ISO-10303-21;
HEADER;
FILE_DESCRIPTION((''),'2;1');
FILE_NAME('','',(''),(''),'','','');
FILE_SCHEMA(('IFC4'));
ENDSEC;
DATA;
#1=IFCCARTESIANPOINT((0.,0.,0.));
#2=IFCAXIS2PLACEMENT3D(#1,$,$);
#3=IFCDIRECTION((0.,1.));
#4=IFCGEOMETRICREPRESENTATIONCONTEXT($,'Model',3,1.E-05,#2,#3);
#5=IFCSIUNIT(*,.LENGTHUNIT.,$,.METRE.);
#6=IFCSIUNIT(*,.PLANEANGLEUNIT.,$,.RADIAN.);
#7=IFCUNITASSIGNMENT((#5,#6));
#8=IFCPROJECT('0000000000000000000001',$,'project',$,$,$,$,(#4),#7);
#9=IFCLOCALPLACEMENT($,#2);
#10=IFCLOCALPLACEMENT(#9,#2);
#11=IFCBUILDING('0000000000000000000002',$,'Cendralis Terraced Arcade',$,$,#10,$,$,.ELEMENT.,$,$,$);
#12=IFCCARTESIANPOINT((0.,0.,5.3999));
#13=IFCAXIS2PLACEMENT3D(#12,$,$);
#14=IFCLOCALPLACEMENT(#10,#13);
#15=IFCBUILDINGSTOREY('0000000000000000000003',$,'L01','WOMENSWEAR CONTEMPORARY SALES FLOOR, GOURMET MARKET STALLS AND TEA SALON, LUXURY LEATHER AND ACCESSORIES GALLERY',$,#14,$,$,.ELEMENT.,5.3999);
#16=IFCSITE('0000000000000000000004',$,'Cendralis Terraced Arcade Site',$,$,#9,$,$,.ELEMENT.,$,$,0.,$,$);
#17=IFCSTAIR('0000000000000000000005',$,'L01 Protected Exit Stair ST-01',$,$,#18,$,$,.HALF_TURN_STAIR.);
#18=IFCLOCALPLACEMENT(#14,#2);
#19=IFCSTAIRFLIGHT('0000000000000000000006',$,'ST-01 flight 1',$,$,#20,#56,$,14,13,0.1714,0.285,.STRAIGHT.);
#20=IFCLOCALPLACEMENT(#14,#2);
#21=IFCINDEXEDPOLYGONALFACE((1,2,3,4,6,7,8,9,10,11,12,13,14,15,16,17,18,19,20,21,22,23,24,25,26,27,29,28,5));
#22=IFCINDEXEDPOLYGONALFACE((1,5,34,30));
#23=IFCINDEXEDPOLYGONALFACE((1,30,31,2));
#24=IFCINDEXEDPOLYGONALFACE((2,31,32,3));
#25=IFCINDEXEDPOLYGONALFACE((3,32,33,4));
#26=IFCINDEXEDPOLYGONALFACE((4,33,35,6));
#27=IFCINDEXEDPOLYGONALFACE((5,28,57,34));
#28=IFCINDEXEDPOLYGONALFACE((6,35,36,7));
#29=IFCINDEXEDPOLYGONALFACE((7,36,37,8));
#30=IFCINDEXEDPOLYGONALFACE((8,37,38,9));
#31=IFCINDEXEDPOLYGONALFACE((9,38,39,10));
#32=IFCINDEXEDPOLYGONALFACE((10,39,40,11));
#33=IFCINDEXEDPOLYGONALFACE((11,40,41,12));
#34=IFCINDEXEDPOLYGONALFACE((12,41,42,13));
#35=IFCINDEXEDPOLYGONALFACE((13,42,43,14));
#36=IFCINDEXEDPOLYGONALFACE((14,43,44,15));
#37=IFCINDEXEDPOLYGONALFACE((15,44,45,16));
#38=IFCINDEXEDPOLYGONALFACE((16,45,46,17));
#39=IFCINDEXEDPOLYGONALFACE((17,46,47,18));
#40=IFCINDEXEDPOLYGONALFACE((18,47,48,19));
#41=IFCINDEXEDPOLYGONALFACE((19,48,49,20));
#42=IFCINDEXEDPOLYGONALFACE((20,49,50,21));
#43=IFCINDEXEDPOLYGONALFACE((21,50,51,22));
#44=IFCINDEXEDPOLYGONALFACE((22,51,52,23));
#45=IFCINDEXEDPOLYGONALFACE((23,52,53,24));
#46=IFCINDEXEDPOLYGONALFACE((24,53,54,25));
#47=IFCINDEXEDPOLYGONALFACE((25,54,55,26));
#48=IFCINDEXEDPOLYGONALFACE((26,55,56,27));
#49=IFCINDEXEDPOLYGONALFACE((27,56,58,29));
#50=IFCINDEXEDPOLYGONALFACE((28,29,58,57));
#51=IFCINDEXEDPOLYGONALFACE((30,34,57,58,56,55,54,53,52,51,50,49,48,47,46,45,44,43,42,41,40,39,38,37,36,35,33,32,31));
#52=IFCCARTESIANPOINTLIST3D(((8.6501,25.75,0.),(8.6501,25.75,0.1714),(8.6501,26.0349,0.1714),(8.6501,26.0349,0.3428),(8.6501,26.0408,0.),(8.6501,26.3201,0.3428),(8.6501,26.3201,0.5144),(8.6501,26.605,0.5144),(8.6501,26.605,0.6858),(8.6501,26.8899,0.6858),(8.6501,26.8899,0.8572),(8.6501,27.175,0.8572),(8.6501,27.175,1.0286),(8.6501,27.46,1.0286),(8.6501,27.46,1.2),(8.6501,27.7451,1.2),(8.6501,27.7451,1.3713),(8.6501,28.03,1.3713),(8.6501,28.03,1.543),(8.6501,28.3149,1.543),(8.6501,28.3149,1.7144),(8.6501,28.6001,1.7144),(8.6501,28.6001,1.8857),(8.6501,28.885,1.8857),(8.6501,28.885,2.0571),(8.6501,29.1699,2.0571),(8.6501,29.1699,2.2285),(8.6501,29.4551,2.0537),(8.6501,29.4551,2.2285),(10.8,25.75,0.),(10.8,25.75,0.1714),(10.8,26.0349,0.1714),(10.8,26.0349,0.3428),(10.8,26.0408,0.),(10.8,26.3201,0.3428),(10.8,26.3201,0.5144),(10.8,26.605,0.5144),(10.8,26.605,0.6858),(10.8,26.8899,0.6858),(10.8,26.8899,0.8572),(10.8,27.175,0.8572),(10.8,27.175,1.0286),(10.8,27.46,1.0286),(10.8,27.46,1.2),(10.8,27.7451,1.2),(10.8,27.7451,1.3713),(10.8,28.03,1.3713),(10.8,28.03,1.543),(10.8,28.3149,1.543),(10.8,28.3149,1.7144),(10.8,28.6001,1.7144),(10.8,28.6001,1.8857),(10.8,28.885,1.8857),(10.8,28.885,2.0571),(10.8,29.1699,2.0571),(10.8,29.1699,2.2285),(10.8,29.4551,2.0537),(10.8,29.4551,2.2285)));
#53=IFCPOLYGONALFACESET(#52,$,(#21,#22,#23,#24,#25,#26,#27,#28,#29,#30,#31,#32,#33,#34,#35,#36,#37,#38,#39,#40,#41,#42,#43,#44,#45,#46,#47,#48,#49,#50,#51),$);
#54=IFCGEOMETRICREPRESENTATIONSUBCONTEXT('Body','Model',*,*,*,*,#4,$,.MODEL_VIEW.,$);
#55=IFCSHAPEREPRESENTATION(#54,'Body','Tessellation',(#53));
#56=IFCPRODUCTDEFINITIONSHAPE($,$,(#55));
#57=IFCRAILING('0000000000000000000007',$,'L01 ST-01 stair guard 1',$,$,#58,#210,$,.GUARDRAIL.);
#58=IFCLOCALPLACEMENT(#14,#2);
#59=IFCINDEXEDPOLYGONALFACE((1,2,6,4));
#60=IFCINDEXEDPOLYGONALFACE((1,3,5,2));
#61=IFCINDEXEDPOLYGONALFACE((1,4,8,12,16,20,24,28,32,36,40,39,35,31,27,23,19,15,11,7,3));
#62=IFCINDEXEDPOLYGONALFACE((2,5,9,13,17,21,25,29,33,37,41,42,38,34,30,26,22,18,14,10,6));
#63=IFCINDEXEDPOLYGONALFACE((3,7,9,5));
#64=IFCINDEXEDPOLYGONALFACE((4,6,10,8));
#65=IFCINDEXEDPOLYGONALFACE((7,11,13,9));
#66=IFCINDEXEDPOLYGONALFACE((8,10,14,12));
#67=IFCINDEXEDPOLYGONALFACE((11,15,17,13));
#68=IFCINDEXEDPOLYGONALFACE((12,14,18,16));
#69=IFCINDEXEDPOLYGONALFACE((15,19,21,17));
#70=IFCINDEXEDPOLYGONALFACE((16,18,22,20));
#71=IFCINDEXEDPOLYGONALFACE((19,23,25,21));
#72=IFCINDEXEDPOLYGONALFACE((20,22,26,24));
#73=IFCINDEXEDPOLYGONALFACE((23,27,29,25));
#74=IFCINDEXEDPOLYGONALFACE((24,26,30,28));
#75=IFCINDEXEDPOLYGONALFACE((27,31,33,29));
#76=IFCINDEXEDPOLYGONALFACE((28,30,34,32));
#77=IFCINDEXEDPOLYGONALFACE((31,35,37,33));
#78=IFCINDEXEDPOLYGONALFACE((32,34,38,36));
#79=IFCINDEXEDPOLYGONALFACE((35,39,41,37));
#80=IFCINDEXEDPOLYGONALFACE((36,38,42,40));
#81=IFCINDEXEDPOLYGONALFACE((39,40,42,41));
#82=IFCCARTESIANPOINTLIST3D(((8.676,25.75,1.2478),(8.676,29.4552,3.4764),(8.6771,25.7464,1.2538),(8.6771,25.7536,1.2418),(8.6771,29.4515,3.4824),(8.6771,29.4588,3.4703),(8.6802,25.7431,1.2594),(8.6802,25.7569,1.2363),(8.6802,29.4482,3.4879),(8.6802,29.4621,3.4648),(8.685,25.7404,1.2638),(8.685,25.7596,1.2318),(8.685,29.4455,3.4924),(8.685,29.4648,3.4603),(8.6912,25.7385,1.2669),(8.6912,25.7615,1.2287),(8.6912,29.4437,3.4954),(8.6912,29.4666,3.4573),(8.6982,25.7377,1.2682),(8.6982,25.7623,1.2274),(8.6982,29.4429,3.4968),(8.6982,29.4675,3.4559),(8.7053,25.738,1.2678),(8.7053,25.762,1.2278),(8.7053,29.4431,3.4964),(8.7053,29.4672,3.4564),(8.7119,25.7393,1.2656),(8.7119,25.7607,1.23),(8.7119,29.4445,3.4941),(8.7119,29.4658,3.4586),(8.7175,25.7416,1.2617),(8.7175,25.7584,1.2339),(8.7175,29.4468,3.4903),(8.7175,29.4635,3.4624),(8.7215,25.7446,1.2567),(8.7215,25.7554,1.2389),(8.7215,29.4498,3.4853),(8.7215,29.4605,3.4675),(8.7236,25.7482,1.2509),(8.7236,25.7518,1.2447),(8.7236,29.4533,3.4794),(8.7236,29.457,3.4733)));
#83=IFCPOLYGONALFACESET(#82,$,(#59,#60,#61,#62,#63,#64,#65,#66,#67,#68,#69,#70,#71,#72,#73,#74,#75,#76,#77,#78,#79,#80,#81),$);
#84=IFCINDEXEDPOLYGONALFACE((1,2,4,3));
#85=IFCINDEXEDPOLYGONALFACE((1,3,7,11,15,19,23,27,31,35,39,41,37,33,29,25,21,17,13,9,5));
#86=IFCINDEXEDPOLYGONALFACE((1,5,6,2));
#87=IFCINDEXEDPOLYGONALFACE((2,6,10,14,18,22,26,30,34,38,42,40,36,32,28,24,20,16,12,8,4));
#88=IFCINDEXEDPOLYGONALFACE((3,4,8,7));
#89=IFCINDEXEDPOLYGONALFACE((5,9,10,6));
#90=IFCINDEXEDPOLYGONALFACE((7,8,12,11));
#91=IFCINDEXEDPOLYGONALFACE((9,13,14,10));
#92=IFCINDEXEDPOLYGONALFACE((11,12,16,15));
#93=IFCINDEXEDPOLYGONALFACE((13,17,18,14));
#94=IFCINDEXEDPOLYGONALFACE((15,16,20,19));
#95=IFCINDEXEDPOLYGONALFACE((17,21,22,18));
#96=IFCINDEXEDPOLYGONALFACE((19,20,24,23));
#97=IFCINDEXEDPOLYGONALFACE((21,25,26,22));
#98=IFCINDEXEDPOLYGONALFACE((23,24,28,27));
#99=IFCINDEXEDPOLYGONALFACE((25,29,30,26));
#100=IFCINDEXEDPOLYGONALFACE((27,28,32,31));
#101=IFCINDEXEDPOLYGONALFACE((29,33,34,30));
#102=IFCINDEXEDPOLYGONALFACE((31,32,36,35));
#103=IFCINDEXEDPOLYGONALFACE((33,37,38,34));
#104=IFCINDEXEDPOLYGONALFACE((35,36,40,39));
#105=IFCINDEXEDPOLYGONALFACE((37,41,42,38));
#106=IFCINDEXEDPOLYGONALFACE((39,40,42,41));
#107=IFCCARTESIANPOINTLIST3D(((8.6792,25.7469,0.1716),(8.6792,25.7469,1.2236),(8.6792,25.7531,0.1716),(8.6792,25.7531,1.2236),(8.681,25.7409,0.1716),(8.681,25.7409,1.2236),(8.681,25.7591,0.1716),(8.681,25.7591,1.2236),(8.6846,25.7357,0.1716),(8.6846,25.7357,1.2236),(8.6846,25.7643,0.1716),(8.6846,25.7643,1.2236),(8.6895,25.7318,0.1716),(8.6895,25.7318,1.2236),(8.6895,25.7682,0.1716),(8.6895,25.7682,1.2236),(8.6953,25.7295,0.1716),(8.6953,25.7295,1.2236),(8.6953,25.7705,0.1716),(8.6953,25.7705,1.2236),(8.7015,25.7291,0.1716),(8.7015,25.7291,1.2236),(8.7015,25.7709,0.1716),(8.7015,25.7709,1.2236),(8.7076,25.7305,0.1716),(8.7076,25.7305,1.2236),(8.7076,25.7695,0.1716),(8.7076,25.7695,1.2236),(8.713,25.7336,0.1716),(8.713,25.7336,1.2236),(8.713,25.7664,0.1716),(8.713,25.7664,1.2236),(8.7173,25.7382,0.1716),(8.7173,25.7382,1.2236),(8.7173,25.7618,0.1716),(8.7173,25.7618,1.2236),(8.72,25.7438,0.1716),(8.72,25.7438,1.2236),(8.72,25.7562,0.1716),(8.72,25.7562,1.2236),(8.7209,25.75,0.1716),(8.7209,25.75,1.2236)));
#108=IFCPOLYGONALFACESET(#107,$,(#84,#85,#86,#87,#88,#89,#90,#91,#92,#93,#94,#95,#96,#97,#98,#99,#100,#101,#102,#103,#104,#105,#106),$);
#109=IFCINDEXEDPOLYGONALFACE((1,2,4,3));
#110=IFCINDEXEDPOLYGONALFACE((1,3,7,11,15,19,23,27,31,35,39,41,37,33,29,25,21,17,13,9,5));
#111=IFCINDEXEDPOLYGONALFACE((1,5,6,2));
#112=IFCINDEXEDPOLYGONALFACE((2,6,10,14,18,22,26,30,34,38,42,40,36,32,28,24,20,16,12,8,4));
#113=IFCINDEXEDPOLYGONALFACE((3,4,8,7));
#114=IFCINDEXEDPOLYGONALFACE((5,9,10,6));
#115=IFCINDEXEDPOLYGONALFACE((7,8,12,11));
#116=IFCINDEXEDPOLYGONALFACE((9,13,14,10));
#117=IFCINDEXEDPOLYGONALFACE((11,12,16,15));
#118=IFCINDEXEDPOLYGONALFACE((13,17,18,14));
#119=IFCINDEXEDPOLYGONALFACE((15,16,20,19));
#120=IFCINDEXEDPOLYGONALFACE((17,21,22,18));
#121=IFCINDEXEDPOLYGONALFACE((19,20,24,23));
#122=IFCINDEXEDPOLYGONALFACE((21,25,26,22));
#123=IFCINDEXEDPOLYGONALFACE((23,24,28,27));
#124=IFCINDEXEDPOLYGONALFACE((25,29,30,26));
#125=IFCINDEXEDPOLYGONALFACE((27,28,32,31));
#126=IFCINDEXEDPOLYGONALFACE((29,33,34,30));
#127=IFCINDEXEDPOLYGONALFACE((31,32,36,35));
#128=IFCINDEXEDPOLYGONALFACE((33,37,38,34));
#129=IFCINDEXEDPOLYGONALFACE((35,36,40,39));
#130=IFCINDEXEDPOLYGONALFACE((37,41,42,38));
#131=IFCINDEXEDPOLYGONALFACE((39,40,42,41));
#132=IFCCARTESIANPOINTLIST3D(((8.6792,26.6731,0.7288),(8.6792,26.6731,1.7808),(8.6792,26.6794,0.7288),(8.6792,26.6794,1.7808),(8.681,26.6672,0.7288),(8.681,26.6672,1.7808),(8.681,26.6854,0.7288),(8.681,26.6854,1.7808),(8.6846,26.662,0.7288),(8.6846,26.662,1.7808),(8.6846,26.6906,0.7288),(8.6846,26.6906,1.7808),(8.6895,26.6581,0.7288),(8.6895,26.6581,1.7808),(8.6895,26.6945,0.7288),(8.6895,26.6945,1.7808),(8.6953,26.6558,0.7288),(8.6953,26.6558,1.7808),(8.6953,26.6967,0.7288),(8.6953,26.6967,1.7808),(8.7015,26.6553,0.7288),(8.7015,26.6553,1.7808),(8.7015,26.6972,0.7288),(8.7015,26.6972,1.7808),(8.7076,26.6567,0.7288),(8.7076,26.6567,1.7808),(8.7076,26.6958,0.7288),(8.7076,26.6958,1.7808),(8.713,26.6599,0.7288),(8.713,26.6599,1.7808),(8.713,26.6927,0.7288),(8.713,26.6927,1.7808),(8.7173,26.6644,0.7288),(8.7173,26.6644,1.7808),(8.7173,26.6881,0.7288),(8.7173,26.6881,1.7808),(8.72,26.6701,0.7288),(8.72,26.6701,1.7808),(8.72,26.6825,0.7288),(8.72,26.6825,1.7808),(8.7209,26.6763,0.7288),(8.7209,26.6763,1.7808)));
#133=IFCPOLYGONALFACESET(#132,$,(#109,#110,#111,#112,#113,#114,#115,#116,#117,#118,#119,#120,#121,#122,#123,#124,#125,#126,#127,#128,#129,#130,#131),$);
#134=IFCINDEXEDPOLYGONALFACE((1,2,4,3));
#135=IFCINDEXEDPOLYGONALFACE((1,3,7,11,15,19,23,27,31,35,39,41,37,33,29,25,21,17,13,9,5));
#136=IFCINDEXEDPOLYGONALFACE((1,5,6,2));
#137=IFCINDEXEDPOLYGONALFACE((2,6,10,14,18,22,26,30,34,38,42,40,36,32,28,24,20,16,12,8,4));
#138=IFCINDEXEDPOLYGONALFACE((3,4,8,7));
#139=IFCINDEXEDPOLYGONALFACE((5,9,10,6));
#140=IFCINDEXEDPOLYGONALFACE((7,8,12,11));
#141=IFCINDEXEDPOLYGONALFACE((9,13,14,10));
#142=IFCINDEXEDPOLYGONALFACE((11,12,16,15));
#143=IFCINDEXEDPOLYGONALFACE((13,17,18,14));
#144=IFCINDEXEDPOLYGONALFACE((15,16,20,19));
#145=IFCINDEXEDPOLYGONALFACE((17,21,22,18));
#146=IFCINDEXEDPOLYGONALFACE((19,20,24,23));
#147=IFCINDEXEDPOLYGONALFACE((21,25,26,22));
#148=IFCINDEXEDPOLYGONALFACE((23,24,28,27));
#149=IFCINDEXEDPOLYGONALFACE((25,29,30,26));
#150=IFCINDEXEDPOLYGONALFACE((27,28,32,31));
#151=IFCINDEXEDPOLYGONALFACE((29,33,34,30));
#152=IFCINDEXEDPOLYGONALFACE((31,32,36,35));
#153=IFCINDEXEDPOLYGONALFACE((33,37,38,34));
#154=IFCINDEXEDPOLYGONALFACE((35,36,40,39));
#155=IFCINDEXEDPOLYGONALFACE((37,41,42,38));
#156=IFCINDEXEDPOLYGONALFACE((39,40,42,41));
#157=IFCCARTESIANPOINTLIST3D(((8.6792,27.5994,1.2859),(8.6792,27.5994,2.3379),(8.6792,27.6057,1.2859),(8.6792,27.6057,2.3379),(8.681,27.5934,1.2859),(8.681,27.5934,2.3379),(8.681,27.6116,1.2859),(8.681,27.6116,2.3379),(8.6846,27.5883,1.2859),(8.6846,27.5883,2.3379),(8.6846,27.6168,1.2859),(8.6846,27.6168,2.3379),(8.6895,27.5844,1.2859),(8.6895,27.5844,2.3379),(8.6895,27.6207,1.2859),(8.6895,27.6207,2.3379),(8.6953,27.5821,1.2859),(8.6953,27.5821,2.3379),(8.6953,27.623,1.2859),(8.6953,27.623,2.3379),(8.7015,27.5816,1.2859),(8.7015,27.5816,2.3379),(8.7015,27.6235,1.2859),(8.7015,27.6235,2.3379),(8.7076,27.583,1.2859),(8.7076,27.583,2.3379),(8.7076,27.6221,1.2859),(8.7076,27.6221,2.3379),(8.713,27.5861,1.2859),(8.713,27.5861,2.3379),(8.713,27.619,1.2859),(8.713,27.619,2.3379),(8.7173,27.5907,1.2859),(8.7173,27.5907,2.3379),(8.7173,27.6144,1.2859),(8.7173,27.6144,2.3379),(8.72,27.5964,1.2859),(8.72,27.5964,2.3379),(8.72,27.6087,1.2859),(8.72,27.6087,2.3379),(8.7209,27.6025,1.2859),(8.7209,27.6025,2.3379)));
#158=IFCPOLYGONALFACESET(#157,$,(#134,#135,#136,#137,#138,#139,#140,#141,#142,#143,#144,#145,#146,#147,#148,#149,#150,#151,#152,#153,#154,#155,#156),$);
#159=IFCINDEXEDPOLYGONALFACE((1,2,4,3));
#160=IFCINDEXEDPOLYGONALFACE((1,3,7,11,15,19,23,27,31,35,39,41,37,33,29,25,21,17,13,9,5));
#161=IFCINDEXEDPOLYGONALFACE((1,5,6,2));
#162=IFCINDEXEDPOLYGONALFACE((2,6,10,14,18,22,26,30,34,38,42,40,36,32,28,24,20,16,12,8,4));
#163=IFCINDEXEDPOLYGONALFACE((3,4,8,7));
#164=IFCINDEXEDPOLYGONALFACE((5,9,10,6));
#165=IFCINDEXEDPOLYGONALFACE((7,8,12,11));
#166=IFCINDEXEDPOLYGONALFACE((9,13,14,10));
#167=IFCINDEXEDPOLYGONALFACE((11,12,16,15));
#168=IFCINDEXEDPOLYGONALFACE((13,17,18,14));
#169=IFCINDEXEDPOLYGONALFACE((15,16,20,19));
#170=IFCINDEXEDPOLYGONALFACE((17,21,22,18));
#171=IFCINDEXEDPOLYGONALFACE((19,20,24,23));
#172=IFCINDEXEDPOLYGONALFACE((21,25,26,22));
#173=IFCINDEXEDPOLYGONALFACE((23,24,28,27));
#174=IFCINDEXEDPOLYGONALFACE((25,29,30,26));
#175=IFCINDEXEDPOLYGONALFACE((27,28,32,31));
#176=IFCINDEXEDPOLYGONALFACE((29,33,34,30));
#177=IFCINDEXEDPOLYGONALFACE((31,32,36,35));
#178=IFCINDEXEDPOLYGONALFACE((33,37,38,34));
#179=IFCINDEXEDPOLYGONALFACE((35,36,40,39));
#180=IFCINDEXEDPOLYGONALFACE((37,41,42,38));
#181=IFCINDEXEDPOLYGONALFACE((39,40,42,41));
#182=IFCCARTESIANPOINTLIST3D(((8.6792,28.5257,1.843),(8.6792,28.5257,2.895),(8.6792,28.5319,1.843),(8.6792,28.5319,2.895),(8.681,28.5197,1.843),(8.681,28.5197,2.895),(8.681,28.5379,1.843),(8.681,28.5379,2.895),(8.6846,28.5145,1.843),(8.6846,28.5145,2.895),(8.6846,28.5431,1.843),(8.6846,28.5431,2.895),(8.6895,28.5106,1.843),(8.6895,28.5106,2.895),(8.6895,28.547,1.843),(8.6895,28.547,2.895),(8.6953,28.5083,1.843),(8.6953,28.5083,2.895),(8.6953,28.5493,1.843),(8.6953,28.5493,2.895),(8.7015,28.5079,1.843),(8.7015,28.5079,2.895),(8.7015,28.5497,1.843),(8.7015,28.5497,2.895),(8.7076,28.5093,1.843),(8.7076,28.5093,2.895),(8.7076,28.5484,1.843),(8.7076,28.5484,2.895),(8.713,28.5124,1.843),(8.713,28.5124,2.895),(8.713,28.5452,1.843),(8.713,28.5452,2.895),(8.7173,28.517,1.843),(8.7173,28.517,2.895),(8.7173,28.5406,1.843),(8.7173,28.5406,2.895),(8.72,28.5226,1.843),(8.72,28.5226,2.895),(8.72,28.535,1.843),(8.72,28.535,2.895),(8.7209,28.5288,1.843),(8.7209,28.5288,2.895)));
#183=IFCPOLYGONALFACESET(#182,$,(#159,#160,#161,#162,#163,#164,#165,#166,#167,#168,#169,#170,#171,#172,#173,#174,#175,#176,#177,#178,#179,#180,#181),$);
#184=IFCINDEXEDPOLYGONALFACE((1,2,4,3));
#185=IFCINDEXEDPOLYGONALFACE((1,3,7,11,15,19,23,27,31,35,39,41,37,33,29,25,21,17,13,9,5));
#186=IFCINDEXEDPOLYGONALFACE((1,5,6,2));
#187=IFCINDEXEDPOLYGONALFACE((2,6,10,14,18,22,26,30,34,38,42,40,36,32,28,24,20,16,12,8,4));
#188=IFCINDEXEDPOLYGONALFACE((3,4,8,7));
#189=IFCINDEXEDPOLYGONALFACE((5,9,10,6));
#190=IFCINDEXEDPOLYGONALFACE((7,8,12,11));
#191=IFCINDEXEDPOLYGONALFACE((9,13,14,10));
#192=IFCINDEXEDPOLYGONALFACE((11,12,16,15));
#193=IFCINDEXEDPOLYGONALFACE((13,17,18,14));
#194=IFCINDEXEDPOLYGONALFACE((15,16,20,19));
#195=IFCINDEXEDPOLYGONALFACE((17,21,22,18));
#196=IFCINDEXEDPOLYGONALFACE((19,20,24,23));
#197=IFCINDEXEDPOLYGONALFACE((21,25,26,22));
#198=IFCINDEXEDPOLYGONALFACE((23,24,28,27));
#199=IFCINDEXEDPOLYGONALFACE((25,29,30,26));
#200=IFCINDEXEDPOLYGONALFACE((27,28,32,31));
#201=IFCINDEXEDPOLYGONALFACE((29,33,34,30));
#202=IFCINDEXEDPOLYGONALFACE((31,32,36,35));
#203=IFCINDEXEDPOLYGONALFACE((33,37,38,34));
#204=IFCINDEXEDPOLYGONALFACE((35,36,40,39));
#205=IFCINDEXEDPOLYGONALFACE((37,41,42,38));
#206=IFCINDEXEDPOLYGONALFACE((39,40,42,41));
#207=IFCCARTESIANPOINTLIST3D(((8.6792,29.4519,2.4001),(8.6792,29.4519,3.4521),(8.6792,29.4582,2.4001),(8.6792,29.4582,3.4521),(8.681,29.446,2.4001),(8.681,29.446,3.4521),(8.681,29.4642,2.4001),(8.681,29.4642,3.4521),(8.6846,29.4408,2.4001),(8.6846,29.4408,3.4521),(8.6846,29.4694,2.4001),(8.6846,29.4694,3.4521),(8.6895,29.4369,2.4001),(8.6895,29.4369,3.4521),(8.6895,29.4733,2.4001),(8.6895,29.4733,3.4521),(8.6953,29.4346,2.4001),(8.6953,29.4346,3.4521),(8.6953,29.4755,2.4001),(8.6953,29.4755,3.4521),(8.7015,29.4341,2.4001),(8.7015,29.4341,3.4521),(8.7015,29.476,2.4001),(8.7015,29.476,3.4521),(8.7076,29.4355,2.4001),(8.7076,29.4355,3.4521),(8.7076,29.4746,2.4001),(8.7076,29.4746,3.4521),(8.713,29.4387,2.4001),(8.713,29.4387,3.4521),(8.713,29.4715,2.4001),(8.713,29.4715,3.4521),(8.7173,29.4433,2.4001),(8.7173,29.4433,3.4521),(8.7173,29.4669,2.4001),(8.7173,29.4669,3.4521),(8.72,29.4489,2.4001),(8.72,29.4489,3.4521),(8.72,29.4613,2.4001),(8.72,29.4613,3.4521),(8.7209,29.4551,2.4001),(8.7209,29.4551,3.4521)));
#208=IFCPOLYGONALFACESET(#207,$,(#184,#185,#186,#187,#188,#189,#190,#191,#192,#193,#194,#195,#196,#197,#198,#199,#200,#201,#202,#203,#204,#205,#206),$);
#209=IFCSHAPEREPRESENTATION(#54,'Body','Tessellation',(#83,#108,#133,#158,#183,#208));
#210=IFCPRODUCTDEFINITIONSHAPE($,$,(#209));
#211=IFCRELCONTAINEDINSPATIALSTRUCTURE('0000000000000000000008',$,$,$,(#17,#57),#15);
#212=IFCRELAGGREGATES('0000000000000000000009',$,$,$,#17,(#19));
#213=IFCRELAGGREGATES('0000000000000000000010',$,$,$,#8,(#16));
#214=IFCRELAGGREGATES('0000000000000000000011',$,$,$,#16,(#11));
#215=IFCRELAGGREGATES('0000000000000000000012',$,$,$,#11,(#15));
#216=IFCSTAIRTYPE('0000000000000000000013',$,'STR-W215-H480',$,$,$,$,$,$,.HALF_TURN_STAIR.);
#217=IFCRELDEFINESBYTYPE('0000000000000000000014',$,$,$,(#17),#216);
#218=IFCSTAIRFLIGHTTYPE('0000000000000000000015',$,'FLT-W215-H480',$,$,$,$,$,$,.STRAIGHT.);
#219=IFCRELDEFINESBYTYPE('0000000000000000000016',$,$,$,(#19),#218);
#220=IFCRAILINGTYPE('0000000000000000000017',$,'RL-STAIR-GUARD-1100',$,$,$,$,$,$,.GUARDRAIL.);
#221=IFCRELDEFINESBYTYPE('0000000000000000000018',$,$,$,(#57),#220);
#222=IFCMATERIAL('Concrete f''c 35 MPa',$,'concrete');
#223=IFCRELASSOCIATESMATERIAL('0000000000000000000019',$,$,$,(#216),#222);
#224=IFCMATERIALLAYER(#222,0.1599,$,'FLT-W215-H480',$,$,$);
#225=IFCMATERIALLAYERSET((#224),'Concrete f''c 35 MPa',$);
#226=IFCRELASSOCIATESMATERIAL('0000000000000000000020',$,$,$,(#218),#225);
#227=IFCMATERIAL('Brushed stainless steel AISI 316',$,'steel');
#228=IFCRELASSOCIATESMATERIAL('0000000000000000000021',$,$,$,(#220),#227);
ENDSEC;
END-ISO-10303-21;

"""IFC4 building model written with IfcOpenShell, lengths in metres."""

from ifc_helpers import new_model, si_unit, direction, frame, origin, origin_2d, place, context, subcontext, project, spatial, polyline, circle, outline, extrude, material, layer, layer_set, type_object, element, aggregate, save


model = new_model("IFC4")

# Units and contexts
model_context = context("Model", 3, precision=1e-05, world=origin(), true_north=direction((0.0, 1.0)))
body_context = subcontext(model_context, "Body", "Model", "MODEL_VIEW")
ifc_project = project(units=[si_unit("LENGTHUNIT", "METRE"), si_unit("PLANEANGLEUNIT", "RADIAN")], contexts=[model_context])

# Site, building, storey
site_placement = place(None, origin())
site = spatial("IfcSite", under=ifc_project, at=site_placement, Name="Cendralis Terraced Arcade Site", CompositionType="ELEMENT", RefElevation=0.0)
building_placement = place(site_placement, origin())
building = spatial("IfcBuilding", under=site, at=building_placement, Name="Cendralis Terraced Arcade", CompositionType="ELEMENT")
storey_placement = place(building_placement, frame((0.0, 0.0, 5.3999)))
storey = spatial("IfcBuildingStorey", under=building, at=storey_placement, Name="L01", Description="WOMENSWEAR CONTEMPORARY SALES FLOOR, GOURMET MARKET STALLS AND TEA SALON, LUXURY LEATHER AND ACCESSORIES GALLERY", CompositionType="ELEMENT", Elevation=5.3999)

# Shared definitions
ifc_material_1 = material(Name="Concrete f'c 35 MPa", Category="concrete")

# Stair, stair flight
stair_type = type_object("IfcStairType", Name="STR-W215-H480", PredefinedType="HALF_TURN_STAIR", material=ifc_material_1)
stair_placement = place(storey_placement, origin())
stair = element("IfcStair", 1, at=stair_placement, inside=storey, type_object=stair_type, Name="L01 Protected Exit Stair ST-01", PredefinedType="HALF_TURN_STAIR")
ifc_layer_1 = layer(ifc_material_1, 0.1599, Name="FLT-W215-H480")
ifc_layer_set_1 = layer_set([ifc_layer_1], Name="Concrete f'c 35 MPa")
stair_flight_type = type_object("IfcStairFlightType", Name="FLT-W215-H480", PredefinedType="STRAIGHT", material=ifc_layer_set_1)
stair_flight_placement = place(storey_placement, frame((9.7251, 25.75, 0.0), z_axis=(0.0, 0.0, 1.0), x_axis=(0.0, 1.0, 0.0)))
stair_flight = element("IfcStairFlight", 2, at=stair_flight_placement, type_object=stair_flight_type, Name="ST-01 flight 1", NumberOfRisers=14, NumberOfTreads=13, PredefinedType="STRAIGHT", RiserHeight=0.1714, TreadLength=0.285, context=body_context, shape_type="SweptSolid", body=[
    extrude(outline(polyline([(0.0, 0.0), (0.0, 0.1714), (0.2849, 0.1714), (0.2849, 0.3428), (0.5701, 0.3428), (0.5701, 0.5144), (0.855, 0.5144), (0.855, 0.6858), (1.1399, 0.6858), (1.1399, 0.8572), (1.425, 0.8572), (1.425, 1.0286), (1.71, 1.0286), (1.71, 1.2), (1.9951, 1.2), (1.9951, 1.3713), (2.28, 1.3713), (2.28, 1.543), (2.5649, 1.543), (2.5649, 1.7144), (2.8501, 1.7144), (2.8501, 1.8857), (3.135, 1.8857), (3.135, 2.0571), (3.4199, 2.0571), (3.4199, 2.2285), (3.7051, 2.2285), (3.7051, 2.3999), (3.7051, 2.0537), (0.2908, 0.0), (0.0, 0.0)])), frame((0.0, 1.075, 0.0), z_axis=(0.0, -1.0, 0.0), x_axis=(1.0, 0.0, 0.0)), (0.0, 0.0, 1.0), 2.1499),
])
aggregate(stair, [stair_flight])

# Railing
ifc_material_2 = material(Name="Brushed stainless steel AISI 316", Category="steel")
railing_type_1 = type_object("IfcRailingType", Name="RL-STAIR-GUARD-1100", PredefinedType="GUARDRAIL", material=ifc_material_2)
railing_1_placement = place(storey_placement, frame((8.7, 25.75, 0.1716)))
element("IfcRailing", 3, at=railing_1_placement, inside=storey, type_object=railing_type_1, Name="L01 ST-01 stair guard 1", PredefinedType="GUARDRAIL", context=body_context, shape_type="SweptSolid", body=[
    extrude(circle(Radius=0.0239, at=origin_2d()), frame((0.0, 0.0, 1.0762), z_axis=(0.0, 0.856934, 0.515425), x_axis=(-1.0, 0.0, 0.0)), (0.0, 0.0, 1.0), 4.3237),
    extrude(circle(Radius=0.021, at=origin_2d()), origin(), (0.0, 0.0, 1.0), 1.052),
    extrude(circle(Radius=0.021, at=origin_2d()), frame((0.0, 0.9263, 0.5571)), (0.0, 0.0, 1.0), 1.052),
    extrude(circle(Radius=0.021, at=origin_2d()), frame((0.0, 1.8525, 1.1143)), (0.0, 0.0, 1.0), 1.052),
    extrude(circle(Radius=0.021, at=origin_2d()), frame((0.0, 2.7788, 1.6714)), (0.0, 0.0, 1.0), 1.052),
    extrude(circle(Radius=0.021, at=origin_2d()), frame((0.0, 3.7051, 2.2285)), (0.0, 0.0, 1.0), 1.052),
])

save(model, "model.ifc")
